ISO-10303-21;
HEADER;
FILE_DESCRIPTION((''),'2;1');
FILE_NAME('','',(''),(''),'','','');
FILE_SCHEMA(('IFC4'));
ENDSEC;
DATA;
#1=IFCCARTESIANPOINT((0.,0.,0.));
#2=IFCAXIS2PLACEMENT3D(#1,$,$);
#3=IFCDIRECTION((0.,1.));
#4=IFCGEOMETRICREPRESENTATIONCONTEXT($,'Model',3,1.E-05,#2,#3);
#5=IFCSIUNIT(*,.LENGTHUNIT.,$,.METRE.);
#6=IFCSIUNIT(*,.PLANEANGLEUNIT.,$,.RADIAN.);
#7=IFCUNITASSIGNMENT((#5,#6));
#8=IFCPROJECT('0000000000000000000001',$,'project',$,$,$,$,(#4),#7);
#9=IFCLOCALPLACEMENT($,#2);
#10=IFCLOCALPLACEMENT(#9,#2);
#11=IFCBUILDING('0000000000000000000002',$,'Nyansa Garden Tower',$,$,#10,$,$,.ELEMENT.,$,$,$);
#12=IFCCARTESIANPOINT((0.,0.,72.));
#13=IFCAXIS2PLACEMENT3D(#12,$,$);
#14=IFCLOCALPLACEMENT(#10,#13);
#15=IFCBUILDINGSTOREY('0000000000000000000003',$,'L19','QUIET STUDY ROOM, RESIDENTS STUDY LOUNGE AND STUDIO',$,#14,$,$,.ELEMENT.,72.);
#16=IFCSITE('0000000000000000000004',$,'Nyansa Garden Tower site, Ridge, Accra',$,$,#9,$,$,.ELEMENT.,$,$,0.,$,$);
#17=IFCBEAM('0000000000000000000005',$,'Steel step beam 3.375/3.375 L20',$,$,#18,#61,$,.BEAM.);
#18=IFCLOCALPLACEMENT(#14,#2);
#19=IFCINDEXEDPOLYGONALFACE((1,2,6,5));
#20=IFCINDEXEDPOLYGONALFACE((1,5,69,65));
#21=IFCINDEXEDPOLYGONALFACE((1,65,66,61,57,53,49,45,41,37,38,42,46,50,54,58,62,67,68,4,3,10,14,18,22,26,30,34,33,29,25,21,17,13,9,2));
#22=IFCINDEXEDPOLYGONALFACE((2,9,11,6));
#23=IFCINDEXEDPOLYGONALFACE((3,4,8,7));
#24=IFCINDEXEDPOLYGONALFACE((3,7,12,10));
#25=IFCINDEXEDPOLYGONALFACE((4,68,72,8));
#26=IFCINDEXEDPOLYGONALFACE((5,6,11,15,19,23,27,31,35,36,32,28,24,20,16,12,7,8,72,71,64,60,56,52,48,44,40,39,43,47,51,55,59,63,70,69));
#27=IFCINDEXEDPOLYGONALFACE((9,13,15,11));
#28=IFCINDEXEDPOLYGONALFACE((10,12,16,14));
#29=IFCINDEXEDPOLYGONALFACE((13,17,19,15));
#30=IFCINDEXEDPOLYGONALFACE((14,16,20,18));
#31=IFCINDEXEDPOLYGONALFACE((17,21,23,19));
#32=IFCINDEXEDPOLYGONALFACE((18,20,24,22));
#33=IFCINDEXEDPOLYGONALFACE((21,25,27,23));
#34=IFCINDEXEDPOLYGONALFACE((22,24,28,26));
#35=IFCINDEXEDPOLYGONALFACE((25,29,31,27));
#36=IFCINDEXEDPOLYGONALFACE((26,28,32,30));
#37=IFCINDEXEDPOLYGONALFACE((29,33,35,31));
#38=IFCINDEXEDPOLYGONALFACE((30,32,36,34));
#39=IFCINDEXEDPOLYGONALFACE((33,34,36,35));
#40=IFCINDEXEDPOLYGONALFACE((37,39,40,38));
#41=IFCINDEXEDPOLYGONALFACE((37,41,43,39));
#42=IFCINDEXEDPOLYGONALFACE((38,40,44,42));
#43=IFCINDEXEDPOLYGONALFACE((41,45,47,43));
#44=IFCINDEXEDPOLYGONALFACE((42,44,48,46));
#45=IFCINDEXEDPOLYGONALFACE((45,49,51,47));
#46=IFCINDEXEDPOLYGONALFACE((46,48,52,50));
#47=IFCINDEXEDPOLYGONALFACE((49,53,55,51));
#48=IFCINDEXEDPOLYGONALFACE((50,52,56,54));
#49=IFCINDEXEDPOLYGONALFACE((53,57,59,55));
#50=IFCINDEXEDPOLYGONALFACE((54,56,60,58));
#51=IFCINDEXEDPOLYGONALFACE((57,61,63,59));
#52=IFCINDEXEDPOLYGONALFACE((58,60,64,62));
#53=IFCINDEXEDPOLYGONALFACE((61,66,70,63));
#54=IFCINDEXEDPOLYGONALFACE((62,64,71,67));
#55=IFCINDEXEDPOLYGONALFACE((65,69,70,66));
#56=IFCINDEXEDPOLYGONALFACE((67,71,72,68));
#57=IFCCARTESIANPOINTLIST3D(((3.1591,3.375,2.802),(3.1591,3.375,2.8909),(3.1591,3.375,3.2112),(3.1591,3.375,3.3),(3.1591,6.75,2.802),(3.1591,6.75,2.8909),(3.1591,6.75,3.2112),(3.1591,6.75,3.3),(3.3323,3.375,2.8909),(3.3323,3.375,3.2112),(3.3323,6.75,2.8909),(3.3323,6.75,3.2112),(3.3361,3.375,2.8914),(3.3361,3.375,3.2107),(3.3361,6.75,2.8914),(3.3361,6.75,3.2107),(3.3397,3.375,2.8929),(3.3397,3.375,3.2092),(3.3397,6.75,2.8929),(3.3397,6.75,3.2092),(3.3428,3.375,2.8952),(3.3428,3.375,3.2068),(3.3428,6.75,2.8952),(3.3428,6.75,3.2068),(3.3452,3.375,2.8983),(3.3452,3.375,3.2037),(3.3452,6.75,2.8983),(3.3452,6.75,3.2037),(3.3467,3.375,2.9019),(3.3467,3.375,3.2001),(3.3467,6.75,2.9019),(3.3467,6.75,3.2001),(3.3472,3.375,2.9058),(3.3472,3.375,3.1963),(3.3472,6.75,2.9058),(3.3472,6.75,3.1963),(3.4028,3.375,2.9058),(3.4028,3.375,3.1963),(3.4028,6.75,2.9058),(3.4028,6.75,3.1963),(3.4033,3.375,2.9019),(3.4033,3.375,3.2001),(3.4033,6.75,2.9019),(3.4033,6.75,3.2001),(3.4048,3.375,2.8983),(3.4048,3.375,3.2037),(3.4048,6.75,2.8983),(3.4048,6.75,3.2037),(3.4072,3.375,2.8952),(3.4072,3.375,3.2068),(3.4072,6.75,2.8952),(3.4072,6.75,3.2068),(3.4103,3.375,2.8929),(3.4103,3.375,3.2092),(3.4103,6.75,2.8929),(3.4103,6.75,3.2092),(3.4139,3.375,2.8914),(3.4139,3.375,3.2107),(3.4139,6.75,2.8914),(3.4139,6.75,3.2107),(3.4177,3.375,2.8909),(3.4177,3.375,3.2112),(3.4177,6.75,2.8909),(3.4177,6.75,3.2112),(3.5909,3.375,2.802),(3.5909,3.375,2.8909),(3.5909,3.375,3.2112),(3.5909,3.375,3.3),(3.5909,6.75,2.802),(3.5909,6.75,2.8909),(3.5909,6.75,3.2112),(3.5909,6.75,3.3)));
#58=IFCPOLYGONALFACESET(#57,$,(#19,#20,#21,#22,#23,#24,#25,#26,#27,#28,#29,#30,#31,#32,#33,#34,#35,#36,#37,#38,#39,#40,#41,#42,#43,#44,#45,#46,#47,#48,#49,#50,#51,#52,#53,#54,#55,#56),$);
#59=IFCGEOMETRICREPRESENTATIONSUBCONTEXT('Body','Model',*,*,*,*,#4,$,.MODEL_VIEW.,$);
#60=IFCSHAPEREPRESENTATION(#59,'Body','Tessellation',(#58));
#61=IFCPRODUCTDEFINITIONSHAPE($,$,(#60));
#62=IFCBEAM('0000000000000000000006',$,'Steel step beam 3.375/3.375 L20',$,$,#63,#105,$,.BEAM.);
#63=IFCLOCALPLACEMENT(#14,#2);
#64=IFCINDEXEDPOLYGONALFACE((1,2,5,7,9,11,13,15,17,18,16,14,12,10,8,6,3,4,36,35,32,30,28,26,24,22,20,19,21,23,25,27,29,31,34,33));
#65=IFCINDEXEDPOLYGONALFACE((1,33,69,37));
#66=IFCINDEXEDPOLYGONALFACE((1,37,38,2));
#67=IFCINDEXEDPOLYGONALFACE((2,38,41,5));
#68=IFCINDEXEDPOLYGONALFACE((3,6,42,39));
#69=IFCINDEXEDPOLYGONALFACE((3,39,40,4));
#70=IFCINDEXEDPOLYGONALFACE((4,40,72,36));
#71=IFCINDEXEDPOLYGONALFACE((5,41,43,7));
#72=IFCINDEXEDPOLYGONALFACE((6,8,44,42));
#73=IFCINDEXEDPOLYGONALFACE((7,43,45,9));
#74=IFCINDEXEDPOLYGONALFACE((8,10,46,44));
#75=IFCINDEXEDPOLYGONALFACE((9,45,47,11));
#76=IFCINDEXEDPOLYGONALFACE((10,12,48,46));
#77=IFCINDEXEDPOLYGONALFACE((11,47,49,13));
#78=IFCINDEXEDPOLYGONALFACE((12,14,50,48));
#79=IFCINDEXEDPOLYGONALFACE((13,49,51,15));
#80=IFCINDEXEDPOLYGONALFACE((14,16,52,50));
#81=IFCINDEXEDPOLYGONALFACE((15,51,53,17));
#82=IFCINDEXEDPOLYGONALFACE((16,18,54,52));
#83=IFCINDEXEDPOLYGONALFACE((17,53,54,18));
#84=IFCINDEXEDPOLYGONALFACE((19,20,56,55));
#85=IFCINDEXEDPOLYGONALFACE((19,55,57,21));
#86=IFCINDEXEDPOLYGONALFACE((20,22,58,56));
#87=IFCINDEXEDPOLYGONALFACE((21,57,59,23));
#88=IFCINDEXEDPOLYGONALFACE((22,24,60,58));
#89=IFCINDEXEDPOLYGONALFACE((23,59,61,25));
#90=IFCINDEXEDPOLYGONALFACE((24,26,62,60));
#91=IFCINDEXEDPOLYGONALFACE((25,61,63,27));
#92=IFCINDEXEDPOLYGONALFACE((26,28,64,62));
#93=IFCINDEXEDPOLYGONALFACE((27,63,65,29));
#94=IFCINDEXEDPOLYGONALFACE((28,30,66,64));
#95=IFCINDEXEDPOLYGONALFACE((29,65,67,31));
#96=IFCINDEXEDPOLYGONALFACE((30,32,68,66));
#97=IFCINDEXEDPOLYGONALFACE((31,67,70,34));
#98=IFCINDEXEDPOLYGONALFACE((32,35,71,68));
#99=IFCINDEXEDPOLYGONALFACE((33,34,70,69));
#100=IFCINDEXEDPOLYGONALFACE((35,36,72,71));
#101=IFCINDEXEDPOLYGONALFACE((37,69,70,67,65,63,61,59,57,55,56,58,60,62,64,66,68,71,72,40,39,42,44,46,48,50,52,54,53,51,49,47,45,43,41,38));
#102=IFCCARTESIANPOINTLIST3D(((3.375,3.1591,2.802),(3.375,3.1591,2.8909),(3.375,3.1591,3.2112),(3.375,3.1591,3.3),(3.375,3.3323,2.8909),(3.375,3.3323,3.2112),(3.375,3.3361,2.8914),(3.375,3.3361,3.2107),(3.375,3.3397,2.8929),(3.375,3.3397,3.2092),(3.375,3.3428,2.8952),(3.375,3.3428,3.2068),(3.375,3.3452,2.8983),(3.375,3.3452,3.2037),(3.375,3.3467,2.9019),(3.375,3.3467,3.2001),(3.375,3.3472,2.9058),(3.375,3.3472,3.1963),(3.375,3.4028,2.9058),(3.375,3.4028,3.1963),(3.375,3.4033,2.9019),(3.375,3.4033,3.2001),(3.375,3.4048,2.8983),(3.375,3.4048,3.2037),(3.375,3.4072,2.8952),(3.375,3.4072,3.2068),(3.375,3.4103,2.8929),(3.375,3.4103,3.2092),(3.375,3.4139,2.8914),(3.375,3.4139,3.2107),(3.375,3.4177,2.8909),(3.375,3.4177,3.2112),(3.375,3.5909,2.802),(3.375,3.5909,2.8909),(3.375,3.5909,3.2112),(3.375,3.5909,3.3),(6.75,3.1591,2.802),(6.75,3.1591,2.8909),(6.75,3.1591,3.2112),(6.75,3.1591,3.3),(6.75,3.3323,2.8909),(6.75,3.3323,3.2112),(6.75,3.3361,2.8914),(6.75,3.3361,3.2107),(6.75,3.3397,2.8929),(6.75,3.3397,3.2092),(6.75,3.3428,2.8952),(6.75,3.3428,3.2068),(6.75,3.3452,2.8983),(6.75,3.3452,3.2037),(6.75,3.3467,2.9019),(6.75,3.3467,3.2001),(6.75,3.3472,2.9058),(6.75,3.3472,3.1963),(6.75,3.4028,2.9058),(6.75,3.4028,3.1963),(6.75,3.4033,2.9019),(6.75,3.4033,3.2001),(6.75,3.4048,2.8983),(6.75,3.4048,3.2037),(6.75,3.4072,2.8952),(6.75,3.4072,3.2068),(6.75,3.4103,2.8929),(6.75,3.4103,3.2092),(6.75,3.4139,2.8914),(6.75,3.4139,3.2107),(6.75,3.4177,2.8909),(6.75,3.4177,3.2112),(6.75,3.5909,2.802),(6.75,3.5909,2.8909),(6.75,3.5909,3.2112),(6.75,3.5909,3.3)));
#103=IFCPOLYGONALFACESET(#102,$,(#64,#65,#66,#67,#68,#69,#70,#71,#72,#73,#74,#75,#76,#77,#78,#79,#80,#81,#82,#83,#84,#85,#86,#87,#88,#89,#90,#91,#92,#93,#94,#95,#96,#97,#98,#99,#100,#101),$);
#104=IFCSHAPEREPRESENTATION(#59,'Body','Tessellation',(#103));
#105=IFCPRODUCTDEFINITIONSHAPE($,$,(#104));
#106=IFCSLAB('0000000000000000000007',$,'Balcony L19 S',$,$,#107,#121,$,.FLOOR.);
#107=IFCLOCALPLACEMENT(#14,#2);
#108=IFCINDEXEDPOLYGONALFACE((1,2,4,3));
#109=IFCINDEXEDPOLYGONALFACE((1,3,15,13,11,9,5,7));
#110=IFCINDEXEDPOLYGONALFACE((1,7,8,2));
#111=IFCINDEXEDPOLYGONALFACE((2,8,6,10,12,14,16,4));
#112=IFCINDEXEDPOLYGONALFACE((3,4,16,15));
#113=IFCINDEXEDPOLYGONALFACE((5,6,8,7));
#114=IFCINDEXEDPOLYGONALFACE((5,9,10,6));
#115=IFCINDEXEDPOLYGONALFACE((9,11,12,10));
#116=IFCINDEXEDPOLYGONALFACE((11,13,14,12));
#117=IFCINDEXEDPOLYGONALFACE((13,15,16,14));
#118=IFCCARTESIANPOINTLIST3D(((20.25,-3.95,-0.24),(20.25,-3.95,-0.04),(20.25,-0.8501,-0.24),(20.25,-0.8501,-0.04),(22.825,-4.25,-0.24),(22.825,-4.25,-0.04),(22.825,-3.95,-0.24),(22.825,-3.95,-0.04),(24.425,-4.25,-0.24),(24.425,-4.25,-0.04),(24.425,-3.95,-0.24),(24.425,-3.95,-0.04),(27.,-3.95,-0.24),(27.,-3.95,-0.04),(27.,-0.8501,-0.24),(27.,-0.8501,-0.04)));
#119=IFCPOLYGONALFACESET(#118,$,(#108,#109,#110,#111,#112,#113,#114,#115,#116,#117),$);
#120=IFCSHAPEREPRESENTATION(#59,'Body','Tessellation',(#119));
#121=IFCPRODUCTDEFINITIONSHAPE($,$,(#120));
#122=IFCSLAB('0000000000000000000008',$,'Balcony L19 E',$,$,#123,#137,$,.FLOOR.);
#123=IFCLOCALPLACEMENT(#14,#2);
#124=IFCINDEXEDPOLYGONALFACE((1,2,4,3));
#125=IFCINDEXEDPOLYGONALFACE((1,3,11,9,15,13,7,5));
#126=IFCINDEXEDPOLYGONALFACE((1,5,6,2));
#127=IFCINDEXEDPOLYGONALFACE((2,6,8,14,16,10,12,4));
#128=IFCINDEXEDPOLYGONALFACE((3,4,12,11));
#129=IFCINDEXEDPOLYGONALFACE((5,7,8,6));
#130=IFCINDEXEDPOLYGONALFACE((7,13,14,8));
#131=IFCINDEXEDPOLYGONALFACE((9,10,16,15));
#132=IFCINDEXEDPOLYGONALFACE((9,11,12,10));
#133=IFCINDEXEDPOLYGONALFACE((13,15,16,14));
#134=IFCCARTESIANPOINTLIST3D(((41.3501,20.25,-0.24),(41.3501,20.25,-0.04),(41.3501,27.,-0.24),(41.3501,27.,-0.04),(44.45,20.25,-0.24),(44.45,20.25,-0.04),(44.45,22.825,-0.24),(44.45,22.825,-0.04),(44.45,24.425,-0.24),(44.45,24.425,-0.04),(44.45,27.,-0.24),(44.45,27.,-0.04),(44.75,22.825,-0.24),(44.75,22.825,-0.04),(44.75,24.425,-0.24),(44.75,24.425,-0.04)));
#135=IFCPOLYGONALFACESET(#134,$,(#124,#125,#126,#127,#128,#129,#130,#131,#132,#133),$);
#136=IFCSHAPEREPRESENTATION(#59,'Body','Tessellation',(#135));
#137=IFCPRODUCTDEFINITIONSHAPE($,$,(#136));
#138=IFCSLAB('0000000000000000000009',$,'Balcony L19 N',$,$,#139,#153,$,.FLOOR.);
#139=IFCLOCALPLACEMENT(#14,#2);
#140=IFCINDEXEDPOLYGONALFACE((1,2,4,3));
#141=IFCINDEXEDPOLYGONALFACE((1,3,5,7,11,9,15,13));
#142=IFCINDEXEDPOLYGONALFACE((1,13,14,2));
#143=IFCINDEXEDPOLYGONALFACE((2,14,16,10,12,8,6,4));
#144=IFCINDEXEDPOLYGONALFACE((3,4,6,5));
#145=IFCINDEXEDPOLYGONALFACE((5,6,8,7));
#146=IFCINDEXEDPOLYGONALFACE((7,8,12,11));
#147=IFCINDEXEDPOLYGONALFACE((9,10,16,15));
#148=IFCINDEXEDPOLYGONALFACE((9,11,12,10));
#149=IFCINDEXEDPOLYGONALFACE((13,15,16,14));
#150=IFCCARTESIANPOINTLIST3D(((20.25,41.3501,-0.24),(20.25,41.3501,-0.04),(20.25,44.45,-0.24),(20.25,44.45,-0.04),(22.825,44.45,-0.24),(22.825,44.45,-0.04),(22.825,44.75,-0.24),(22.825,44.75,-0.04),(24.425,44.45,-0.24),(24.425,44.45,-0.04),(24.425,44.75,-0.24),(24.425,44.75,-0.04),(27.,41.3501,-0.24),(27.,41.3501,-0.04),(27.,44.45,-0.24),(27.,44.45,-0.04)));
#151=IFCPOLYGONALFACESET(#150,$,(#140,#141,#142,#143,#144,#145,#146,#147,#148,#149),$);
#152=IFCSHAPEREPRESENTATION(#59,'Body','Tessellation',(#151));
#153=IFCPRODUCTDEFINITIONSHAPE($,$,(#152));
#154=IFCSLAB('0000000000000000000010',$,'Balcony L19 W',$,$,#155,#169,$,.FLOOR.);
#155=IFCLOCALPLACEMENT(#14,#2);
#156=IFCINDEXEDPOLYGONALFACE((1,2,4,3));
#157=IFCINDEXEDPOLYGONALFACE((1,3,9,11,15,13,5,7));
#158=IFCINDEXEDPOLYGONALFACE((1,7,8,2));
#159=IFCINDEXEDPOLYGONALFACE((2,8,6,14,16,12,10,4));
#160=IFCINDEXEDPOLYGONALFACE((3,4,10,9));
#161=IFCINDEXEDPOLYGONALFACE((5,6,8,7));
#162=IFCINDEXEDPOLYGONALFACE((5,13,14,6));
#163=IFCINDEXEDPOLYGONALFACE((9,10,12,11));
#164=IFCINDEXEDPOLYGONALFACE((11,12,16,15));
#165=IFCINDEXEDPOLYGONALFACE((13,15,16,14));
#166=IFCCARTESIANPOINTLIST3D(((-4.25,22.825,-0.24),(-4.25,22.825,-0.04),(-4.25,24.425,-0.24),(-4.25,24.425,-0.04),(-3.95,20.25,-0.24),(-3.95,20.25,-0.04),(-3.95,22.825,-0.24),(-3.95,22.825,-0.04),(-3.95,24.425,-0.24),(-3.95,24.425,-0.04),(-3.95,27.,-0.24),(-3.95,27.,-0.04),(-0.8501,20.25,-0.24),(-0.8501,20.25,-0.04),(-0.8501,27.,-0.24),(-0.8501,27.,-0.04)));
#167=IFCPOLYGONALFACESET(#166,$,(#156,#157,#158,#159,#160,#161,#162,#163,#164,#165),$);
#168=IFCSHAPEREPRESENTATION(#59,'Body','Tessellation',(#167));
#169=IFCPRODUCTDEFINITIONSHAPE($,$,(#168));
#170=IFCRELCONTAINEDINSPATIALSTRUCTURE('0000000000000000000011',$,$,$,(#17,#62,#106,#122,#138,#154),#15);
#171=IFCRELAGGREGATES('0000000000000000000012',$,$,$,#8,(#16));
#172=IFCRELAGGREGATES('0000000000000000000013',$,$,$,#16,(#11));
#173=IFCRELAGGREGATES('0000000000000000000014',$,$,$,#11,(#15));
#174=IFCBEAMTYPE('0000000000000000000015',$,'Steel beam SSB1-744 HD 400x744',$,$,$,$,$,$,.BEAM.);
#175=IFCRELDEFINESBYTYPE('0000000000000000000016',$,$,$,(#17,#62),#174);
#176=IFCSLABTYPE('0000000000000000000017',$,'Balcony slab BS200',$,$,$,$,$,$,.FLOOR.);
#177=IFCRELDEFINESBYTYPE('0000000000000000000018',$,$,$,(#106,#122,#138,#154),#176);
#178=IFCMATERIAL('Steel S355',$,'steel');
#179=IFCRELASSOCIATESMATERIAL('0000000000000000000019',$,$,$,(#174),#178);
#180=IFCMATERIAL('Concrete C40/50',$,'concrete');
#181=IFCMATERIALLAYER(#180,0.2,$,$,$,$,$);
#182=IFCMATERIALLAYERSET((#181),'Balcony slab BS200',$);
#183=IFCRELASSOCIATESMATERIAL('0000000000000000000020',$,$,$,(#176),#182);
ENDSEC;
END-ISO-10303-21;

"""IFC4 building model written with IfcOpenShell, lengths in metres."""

from ifc_helpers import new_model, si_unit, direction, frame, origin, origin_2d, place, context, subcontext, project, spatial, polyline, i_section, outline, extrude, material, layer, layer_set, material_profile, profile_set, type_object, element, save


model = new_model("IFC4")

# Units and contexts
model_context = context("Model", 3, precision=1e-05, world=origin(), true_north=direction((0.0, 1.0)))
body_context = subcontext(model_context, "Body", "Model", "MODEL_VIEW")
ifc_project = project(units=[si_unit("LENGTHUNIT", "METRE"), si_unit("PLANEANGLEUNIT", "RADIAN")], contexts=[model_context])

# Site, building, storey
site_placement = place(None, origin())
site = spatial("IfcSite", under=ifc_project, at=site_placement, Name="Nyansa Garden Tower site, Ridge, Accra", CompositionType="ELEMENT", RefElevation=0.0)
building_placement = place(site_placement, origin())
building = spatial("IfcBuilding", under=site, at=building_placement, Name="Nyansa Garden Tower", CompositionType="ELEMENT")
storey_placement = place(building_placement, frame((0.0, 0.0, 72.0)))
storey = spatial("IfcBuildingStorey", under=building, at=storey_placement, Name="L19", Description="QUIET STUDY ROOM, RESIDENTS STUDY LOUNGE AND STUDIO", CompositionType="ELEMENT", Elevation=72.0)

# Beams
ifc_material_1 = material(Name="Steel S355", Category="steel")
ifc_material_profile_1 = material_profile(ifc_material_1, i_section(OverallWidth=0.4319, OverallDepth=0.498, WebThickness=0.0557, FlangeThickness=0.0889, FilletRadius=0.0149, at=origin_2d()), Name="HD 400x744")
ifc_profile_set_1 = profile_set([ifc_material_profile_1], Name="Steel S355")
beam_type_1 = type_object("IfcBeamType", Name="Steel beam SSB1-744 HD 400x744", PredefinedType="BEAM", material=ifc_profile_set_1)
for number, where, z_axis, x_axis, name in (
    (1, (3.375, 3.375, 3.051), (0.0, 1.0, 0.0), (-1.0, 0.0, 0.0), "Steel step beam 3.375/3.375 L20"),
    (2, (3.375, 3.375, 3.051), (1.0, 0.0, 0.0), (0.0, 1.0, 0.0), "Steel step beam 3.375/3.375 L20"),
):
    element("IfcBeam", number, at=place(storey_placement, frame(where, z_axis=z_axis, x_axis=x_axis)), inside=storey, type_object=beam_type_1, Name=name, PredefinedType="BEAM", context=body_context, shape_type="SweptSolid", body=[
        extrude(i_section(OverallWidth=0.4319, OverallDepth=0.498, WebThickness=0.0557, FlangeThickness=0.0889, FilletRadius=0.0149, at=origin_2d()), origin(), (0.0, 0.0, 1.0), 3.375),
    ])

# Slabs
ifc_material_2 = material(Name="Concrete C40/50", Category="concrete")
ifc_layer_1 = layer(ifc_material_2, 0.2)
ifc_layer_set_1 = layer_set([ifc_layer_1], Name="Balcony slab BS200")
slab_type_1 = type_object("IfcSlabType", Name="Balcony slab BS200", PredefinedType="FLOOR", material=ifc_layer_set_1)
slab_1_placement = place(storey_placement, frame((0.0, 0.0, -0.24)))
element("IfcSlab", 3, at=slab_1_placement, inside=storey, type_object=slab_type_1, Name="Balcony L19 S", PredefinedType="FLOOR", context=body_context, shape_type="SweptSolid", body=[
    extrude(outline(polyline([(20.25, -0.8501), (27.0, -0.8501), (27.0, -3.95), (24.425, -3.95), (24.425, -4.25), (22.825, -4.25), (22.825, -3.95), (20.25, -3.95), (20.25, -0.8501)])), origin(), (0.0, 0.0, 1.0), 0.2),
])
slab_2_placement = place(storey_placement, frame((0.0, 0.0, -0.24)))
element("IfcSlab", 4, at=slab_2_placement, inside=storey, type_object=slab_type_1, Name="Balcony L19 E", PredefinedType="FLOOR", context=body_context, shape_type="SweptSolid", body=[
    extrude(outline(polyline([(41.3501, 20.25), (41.3501, 27.0), (44.45, 27.0), (44.45, 24.425), (44.75, 24.425), (44.75, 22.825), (44.45, 22.825), (44.45, 20.25), (41.3501, 20.25)])), origin(), (0.0, 0.0, 1.0), 0.2),
])
slab_3_placement = place(storey_placement, frame((0.0, 0.0, -0.24)))
element("IfcSlab", 5, at=slab_3_placement, inside=storey, type_object=slab_type_1, Name="Balcony L19 N", PredefinedType="FLOOR", context=body_context, shape_type="SweptSolid", body=[
    extrude(outline(polyline([(20.25, 41.3501), (27.0, 41.3501), (27.0, 44.45), (24.425, 44.45), (24.425, 44.75), (22.825, 44.75), (22.825, 44.45), (20.25, 44.45), (20.25, 41.3501)])), origin(), (0.0, 0.0, 1.0), 0.2),
])
slab_4_placement = place(storey_placement, frame((0.0, 0.0, -0.24)))
element("IfcSlab", 6, at=slab_4_placement, inside=storey, type_object=slab_type_1, Name="Balcony L19 W", PredefinedType="FLOOR", context=body_context, shape_type="SweptSolid", body=[
    extrude(outline(polyline([(-0.8501, 20.25), (-0.8501, 27.0), (-3.95, 27.0), (-3.95, 24.425), (-4.25, 24.425), (-4.25, 22.825), (-3.95, 22.825), (-3.95, 20.25), (-0.8501, 20.25)])), origin(), (0.0, 0.0, 1.0), 0.2),
])

save(model, "model.ifc")
